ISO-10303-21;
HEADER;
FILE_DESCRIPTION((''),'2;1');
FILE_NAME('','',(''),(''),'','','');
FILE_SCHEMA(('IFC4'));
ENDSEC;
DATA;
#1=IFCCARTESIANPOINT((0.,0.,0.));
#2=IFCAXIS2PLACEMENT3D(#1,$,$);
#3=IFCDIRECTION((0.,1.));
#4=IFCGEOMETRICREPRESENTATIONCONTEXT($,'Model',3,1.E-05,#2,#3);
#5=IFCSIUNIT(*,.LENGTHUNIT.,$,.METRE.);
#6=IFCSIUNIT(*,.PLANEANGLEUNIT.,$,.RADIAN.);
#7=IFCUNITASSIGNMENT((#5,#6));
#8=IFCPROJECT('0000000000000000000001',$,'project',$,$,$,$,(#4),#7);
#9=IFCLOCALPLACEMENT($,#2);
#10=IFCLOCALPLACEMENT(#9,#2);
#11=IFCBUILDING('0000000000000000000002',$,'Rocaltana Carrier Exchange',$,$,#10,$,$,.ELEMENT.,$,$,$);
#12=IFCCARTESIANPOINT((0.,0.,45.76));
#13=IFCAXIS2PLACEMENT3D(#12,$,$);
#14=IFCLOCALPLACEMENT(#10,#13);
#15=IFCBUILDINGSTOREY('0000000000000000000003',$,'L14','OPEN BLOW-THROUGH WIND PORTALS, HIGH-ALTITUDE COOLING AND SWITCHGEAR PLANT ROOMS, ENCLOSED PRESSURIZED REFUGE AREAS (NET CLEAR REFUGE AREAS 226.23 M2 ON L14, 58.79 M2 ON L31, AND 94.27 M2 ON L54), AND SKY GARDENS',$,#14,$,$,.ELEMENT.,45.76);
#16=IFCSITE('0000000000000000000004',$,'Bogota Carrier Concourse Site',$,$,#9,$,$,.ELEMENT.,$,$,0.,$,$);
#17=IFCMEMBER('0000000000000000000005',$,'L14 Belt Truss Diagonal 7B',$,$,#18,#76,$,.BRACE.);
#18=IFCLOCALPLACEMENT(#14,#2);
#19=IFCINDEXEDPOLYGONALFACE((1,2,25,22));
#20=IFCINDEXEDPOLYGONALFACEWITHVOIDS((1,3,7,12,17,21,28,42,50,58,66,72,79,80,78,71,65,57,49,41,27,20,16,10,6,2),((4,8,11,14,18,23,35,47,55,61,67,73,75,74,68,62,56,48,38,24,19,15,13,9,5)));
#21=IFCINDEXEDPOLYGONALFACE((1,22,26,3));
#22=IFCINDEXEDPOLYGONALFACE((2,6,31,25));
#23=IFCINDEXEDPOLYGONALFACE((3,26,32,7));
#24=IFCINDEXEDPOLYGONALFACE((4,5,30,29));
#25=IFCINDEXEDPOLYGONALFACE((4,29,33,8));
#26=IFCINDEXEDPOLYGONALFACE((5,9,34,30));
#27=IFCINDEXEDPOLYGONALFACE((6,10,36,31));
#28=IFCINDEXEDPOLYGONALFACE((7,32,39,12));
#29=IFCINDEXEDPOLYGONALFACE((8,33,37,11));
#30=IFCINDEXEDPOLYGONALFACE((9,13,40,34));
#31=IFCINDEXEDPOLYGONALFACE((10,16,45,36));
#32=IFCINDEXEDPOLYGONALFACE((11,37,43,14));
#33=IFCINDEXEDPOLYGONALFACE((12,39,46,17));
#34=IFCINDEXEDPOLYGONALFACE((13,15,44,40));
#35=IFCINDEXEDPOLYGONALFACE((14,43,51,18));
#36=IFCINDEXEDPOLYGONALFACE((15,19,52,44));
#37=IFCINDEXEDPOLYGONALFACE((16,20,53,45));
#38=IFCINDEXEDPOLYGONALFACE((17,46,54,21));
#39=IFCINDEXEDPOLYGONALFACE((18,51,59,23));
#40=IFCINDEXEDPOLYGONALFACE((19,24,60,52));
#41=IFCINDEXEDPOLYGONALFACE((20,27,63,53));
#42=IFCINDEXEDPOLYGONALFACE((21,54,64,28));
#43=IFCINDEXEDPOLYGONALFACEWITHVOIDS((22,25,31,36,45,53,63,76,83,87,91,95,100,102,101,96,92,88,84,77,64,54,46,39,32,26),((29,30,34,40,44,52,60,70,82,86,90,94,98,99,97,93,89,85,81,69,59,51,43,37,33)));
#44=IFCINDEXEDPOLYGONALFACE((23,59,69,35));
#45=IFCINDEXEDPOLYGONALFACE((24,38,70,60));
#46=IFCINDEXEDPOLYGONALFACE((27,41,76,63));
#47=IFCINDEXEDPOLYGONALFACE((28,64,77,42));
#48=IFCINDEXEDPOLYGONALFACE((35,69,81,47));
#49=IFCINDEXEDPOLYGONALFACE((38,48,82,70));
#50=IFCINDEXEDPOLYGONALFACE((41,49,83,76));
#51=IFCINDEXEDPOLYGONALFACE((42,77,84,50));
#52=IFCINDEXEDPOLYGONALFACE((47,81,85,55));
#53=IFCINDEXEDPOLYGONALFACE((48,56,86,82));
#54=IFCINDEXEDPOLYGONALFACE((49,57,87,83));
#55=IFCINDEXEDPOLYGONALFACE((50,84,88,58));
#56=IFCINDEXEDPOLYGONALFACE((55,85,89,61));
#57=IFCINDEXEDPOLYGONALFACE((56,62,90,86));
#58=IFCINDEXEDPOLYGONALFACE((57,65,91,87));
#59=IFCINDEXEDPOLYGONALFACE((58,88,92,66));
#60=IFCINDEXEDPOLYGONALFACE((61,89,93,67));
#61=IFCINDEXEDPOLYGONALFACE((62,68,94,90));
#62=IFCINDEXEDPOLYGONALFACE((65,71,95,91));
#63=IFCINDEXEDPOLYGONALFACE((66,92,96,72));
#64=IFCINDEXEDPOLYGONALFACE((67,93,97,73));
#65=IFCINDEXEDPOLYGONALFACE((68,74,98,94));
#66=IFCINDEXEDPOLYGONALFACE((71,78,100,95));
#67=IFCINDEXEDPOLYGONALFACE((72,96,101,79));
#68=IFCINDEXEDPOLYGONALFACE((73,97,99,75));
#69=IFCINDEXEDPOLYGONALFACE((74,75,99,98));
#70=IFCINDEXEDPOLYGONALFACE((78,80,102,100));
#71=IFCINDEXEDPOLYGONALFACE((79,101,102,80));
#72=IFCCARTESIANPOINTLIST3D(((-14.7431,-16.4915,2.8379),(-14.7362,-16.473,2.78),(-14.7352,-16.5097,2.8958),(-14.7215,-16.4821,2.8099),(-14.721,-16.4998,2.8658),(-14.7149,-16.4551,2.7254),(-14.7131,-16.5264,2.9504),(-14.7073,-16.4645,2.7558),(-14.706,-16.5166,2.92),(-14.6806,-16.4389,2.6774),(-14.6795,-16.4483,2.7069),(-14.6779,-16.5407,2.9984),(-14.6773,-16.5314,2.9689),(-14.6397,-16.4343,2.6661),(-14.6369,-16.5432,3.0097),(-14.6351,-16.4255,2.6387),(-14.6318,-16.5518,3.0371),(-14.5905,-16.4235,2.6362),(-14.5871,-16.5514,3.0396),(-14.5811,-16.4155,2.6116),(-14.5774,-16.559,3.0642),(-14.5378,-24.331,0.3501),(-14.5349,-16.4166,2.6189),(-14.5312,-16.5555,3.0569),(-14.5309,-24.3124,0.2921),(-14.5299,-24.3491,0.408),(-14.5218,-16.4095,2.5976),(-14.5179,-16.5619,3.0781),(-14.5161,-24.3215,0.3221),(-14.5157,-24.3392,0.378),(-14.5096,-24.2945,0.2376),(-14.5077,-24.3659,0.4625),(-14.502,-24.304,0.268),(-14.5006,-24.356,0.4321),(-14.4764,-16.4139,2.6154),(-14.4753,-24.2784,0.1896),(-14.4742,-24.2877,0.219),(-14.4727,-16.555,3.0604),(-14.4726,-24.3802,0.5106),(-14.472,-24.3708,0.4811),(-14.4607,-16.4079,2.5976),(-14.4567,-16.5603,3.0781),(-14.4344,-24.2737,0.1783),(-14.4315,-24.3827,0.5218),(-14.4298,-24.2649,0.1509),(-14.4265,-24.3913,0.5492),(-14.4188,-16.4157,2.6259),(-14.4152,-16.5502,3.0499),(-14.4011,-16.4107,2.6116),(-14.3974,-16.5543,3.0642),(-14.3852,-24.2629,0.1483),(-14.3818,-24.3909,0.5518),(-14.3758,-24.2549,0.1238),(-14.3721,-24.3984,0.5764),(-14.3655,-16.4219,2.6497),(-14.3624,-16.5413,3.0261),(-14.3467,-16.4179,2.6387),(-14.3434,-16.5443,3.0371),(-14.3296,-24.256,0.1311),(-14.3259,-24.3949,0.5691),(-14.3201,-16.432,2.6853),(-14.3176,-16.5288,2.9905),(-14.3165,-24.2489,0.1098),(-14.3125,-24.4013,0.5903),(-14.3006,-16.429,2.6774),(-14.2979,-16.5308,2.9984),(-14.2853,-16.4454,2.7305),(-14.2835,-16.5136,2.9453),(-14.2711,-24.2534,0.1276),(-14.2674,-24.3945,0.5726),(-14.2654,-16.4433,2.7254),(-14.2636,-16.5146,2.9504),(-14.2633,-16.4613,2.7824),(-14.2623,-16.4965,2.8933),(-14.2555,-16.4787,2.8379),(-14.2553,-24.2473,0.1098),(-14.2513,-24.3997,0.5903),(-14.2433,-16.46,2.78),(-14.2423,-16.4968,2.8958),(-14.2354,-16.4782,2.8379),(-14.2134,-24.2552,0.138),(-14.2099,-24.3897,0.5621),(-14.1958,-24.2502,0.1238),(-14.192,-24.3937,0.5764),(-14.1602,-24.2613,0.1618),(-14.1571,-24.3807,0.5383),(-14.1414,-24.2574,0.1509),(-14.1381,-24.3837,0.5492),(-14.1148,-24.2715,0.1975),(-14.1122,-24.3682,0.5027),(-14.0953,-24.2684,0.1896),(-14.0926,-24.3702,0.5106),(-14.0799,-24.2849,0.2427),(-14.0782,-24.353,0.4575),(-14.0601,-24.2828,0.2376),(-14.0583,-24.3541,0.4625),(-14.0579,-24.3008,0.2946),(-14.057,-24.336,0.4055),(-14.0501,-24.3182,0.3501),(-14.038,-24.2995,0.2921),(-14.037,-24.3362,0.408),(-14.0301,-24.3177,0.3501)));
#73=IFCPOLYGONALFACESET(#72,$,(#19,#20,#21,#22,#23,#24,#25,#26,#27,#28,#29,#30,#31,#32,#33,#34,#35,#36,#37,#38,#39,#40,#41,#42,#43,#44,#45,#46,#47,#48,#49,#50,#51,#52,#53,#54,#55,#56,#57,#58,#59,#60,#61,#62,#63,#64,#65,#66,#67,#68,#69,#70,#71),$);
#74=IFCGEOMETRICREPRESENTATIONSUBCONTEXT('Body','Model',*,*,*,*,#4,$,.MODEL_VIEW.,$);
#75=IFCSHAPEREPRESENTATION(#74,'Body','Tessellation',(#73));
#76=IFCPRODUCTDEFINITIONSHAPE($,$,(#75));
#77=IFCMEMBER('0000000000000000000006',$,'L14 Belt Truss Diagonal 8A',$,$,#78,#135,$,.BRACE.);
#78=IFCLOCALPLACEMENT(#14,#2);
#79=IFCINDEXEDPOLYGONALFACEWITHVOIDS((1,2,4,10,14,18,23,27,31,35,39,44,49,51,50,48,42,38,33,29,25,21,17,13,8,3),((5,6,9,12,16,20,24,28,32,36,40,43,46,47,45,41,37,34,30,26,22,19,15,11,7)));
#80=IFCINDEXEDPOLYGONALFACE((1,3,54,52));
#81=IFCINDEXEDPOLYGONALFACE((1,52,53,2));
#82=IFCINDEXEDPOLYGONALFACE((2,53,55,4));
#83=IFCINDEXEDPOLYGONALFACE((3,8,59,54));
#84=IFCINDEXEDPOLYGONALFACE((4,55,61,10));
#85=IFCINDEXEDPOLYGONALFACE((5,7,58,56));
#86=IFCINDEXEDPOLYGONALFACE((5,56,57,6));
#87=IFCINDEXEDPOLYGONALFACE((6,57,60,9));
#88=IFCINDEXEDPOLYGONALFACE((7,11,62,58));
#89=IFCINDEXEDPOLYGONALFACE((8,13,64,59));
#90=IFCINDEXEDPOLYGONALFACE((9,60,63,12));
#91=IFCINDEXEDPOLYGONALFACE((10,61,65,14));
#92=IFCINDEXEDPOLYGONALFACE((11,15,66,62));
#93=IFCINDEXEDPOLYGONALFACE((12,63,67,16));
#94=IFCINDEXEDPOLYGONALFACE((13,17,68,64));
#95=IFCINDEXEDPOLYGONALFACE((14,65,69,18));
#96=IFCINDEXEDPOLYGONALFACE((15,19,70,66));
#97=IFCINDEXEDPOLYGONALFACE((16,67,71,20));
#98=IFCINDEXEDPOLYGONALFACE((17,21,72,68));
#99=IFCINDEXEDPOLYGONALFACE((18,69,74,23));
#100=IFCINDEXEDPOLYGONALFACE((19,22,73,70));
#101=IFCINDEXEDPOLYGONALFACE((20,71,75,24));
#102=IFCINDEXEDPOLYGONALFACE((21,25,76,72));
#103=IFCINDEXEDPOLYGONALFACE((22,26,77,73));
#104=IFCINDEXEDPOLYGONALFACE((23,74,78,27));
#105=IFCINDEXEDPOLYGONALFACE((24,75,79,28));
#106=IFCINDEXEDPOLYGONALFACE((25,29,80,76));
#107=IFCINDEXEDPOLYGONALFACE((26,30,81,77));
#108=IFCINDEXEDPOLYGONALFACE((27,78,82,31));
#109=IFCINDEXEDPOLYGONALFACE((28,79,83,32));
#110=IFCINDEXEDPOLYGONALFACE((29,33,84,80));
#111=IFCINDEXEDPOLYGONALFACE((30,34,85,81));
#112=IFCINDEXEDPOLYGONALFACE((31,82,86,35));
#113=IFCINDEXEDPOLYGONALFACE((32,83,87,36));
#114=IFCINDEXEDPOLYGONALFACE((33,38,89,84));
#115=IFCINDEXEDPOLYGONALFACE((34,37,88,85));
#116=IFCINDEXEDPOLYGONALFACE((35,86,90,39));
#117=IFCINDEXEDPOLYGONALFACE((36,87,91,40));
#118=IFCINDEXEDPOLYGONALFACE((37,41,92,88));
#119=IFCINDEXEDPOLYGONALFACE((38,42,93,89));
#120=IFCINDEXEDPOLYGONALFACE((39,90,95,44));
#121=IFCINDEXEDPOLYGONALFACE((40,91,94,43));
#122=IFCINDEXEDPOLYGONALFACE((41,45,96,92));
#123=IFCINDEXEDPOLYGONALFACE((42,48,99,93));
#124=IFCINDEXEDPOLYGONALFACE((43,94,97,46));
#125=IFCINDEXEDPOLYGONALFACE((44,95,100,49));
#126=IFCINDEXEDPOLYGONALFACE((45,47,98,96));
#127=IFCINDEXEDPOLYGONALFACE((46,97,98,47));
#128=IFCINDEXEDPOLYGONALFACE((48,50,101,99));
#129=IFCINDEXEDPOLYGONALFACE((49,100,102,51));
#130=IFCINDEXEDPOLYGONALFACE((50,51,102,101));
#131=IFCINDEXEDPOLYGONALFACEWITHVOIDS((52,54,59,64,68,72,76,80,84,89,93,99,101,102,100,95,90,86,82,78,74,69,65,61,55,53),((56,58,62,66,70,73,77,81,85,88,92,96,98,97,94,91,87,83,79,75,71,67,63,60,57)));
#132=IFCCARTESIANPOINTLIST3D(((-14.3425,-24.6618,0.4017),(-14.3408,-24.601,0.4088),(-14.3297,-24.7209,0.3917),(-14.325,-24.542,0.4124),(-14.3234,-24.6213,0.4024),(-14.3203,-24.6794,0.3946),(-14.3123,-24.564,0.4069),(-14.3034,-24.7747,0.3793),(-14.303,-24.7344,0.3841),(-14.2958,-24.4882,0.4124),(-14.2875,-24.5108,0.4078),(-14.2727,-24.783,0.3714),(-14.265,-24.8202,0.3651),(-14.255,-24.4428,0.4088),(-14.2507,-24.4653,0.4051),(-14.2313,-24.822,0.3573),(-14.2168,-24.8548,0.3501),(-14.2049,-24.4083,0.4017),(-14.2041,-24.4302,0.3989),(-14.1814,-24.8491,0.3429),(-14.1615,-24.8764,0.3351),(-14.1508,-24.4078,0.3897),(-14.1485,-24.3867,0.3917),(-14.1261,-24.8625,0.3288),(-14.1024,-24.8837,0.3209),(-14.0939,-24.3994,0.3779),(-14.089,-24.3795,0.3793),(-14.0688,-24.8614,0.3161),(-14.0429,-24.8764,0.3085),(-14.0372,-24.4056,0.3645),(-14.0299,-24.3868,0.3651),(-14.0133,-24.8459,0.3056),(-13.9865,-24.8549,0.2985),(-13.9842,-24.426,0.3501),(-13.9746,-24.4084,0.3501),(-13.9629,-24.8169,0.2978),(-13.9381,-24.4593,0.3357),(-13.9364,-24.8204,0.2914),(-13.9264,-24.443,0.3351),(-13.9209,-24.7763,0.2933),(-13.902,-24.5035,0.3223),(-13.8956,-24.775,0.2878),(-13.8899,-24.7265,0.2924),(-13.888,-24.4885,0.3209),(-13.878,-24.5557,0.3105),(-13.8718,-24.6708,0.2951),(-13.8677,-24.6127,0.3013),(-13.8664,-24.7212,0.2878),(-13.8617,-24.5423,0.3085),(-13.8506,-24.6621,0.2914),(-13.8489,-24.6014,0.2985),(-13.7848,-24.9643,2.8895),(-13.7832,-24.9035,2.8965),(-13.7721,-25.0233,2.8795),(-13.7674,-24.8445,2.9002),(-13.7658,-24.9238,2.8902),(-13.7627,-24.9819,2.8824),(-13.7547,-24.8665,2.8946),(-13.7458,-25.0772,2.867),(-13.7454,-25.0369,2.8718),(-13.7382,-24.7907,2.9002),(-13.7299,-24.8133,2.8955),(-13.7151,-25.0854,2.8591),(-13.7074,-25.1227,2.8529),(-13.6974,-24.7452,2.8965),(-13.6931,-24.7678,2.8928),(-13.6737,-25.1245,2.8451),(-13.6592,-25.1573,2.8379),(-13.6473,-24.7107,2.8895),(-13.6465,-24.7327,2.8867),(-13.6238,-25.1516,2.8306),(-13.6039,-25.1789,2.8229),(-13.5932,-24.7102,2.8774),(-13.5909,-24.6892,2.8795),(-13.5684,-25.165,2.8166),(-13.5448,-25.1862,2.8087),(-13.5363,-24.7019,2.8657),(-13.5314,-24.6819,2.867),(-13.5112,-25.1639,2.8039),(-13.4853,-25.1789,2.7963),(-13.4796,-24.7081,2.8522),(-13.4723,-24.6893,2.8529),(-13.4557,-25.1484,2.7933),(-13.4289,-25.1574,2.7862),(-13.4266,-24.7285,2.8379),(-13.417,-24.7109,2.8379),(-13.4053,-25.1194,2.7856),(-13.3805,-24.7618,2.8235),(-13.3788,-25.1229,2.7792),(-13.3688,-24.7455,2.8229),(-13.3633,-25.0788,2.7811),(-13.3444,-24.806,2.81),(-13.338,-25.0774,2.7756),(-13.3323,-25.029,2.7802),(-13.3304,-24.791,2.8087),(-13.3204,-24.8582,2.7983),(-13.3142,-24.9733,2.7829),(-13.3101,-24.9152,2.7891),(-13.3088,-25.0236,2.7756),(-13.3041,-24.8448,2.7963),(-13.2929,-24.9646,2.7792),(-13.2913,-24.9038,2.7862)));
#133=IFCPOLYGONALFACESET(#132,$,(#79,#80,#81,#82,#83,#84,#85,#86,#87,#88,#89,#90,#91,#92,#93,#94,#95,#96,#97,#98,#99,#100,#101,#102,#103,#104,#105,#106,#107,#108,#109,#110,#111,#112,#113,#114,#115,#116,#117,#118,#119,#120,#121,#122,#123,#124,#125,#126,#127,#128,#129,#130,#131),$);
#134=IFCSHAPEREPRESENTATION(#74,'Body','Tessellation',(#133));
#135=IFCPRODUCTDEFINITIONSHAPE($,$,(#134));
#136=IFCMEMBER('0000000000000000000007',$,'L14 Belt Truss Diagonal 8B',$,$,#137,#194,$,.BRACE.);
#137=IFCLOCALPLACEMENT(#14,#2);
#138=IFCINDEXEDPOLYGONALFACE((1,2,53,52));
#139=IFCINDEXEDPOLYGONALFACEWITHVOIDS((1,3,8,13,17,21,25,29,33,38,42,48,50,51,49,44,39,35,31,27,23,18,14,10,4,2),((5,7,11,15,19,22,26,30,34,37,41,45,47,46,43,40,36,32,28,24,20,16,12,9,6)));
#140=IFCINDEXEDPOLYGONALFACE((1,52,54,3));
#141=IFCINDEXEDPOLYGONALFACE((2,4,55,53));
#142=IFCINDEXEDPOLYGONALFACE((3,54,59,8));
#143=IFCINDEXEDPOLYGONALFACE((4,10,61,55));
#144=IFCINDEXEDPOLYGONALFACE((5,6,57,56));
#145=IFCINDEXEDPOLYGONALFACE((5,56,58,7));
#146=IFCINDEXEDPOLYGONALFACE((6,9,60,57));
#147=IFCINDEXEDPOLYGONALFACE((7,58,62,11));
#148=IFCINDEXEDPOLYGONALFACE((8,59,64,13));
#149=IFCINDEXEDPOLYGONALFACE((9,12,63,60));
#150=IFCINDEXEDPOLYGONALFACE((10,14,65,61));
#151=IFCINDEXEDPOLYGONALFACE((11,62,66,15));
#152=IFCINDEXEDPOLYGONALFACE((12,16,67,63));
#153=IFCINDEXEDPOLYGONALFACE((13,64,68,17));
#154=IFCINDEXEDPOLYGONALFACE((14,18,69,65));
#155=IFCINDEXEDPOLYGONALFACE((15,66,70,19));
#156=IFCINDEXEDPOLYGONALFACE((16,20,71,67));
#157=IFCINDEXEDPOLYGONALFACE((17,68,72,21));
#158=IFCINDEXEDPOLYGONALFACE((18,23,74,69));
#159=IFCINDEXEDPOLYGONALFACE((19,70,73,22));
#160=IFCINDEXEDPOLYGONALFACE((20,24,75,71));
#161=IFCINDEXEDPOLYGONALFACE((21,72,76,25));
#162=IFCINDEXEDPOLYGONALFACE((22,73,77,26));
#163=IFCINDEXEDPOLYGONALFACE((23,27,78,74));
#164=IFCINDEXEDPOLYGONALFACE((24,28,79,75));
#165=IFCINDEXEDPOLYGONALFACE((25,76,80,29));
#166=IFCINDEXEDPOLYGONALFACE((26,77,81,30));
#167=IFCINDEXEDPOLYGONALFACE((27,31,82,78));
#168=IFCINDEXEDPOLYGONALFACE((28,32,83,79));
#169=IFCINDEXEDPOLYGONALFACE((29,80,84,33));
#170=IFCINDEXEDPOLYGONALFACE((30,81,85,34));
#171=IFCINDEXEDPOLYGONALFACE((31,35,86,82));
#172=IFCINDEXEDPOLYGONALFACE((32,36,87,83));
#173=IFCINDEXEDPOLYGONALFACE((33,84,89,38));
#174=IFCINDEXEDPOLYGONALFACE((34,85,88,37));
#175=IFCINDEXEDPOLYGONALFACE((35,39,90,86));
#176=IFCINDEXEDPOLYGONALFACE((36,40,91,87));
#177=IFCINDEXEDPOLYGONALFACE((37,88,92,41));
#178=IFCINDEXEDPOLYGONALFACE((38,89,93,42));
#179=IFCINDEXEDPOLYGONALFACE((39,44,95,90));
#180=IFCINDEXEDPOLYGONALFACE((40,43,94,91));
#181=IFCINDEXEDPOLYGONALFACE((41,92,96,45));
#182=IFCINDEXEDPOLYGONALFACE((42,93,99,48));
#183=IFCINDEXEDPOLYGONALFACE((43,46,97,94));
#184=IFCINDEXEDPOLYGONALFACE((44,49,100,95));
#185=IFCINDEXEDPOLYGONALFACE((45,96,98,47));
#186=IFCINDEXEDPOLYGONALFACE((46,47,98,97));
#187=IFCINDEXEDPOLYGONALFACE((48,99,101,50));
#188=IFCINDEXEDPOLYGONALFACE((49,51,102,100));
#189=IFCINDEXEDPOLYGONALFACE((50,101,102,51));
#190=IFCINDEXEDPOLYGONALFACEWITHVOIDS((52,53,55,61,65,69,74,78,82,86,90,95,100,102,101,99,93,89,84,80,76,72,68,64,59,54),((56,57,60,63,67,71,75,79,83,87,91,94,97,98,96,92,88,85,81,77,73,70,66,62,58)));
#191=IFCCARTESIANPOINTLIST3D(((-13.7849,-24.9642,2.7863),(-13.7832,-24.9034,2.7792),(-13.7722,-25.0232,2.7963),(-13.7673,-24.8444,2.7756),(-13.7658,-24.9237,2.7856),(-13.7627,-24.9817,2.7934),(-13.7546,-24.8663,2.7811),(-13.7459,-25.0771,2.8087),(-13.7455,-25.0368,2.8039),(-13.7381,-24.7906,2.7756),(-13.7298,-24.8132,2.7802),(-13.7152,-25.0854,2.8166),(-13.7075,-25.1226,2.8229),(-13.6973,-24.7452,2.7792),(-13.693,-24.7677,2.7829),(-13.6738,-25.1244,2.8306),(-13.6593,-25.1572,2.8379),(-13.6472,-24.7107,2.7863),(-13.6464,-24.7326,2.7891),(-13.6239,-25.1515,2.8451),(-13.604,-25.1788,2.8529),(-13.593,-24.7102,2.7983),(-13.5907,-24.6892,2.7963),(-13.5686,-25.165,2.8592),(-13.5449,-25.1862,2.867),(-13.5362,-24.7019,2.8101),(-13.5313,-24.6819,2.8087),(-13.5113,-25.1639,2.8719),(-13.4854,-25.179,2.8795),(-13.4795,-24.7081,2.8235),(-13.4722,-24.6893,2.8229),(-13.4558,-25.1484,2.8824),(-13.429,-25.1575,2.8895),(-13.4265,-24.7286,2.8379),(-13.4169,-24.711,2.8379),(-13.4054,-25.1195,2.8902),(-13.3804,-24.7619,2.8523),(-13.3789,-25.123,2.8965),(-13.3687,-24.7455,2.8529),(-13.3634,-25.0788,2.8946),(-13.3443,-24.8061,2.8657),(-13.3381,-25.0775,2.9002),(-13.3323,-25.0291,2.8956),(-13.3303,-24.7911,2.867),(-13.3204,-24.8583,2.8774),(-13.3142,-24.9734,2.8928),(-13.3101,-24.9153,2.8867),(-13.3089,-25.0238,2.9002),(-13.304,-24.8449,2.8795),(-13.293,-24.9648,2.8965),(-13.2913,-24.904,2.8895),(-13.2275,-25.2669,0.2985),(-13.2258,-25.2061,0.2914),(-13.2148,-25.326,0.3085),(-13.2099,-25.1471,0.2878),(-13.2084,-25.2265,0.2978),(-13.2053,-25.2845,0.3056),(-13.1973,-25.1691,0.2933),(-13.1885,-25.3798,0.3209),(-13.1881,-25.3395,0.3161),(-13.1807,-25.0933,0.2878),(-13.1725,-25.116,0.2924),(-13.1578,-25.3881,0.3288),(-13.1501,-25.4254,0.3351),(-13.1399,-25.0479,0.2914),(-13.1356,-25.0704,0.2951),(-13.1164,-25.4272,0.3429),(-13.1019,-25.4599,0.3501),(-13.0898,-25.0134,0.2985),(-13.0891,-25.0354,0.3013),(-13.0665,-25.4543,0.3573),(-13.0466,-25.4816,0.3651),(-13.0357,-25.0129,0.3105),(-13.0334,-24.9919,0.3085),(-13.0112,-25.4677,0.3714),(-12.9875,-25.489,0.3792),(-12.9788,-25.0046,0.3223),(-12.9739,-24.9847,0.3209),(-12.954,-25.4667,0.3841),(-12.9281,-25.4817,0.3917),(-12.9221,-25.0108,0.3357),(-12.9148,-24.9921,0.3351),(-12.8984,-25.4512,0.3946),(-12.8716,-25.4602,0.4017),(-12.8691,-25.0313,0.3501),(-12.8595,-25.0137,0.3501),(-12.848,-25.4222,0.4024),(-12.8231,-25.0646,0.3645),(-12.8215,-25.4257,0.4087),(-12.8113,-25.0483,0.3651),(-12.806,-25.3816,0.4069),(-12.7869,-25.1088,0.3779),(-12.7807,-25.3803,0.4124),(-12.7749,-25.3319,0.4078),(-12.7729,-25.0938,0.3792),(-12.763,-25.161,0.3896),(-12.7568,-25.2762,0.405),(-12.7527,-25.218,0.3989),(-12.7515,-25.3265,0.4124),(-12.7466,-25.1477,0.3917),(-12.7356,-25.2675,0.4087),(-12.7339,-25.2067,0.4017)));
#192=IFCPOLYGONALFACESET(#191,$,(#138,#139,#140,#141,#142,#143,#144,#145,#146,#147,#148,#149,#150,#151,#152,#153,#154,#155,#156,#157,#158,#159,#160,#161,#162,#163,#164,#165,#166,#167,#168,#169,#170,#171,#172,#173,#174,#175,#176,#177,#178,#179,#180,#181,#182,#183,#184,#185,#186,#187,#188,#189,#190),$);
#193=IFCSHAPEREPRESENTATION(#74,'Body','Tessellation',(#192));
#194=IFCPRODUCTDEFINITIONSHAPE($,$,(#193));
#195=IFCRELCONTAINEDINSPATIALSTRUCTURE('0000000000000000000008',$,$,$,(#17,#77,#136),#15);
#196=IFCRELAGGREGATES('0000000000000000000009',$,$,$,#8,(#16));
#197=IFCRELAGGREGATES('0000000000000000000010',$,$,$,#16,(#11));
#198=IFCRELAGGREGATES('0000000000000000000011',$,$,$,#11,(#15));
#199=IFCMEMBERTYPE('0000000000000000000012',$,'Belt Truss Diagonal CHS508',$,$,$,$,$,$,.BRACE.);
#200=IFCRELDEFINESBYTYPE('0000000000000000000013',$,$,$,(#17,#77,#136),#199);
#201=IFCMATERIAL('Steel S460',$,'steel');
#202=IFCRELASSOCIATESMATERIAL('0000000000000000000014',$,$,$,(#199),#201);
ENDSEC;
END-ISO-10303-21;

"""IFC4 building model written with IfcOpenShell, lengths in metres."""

from ifc_helpers import new_model, si_unit, direction, frame, origin, origin_2d, place, context, subcontext, project, spatial, hollow_circle, extrude, material, material_profile, profile_set, type_object, element, save


model = new_model("IFC4")

# Units and contexts
model_context = context("Model", 3, precision=1e-05, world=origin(), true_north=direction((0.0, 1.0)))
body_context = subcontext(model_context, "Body", "Model", "MODEL_VIEW")
ifc_project = project(units=[si_unit("LENGTHUNIT", "METRE"), si_unit("PLANEANGLEUNIT", "RADIAN")], contexts=[model_context])

# Site, building, storey
site_placement = place(None, origin())
site = spatial("IfcSite", under=ifc_project, at=site_placement, Name="Bogota Carrier Concourse Site", CompositionType="ELEMENT", RefElevation=0.0)
building_placement = place(site_placement, origin())
building = spatial("IfcBuilding", under=site, at=building_placement, Name="Rocaltana Carrier Exchange", CompositionType="ELEMENT")
storey_placement = place(building_placement, frame((0.0, 0.0, 45.76)))
storey = spatial("IfcBuildingStorey", under=building, at=storey_placement, Name="L14", Description="OPEN BLOW-THROUGH WIND PORTALS, HIGH-ALTITUDE COOLING AND SWITCHGEAR PLANT ROOMS, ENCLOSED PRESSURIZED REFUGE AREAS (NET CLEAR REFUGE AREAS 226.23 M2 ON L14, 58.79 M2 ON L31, AND 94.27 M2 ON L54), AND SKY GARDENS", CompositionType="ELEMENT", Elevation=45.76)

# Members
ifc_material_1 = material(Name="Steel S460", Category="steel")
ifc_material_profile_1 = material_profile(ifc_material_1, hollow_circle(Radius=0.2539, WallThickness=0.02, at=origin_2d()), Name="CHS508X20")
ifc_profile_set_1 = profile_set([ifc_material_profile_1], Name="Steel S460")
member_type_1 = type_object("IfcMemberType", Name="Belt Truss Diagonal CHS508", PredefinedType="BRACE", material=ifc_profile_set_1)
for number, where, z_axis, x_axis, name in (
    (1, (-14.4893, -16.4849, 2.8379), (0.024957, -0.952859, -0.302386), (0.999657, 0.026182, 0.0), "L14 Belt Truss Diagonal 7B"),
):
    element("IfcMember", number, at=place(storey_placement, frame(where, z_axis=z_axis, x_axis=x_axis)), inside=storey, type_object=member_type_1, Name=name, PredefinedType="BRACE", context=body_context, shape_type="SweptSolid", body=[
        extrude(hollow_circle(Radius=0.2539, WallThickness=0.02, at=origin_2d()), origin(), (0.0, 0.0, 1.0), 8.2273),
    ])
for number, where, z_axis, x_axis, name in (
    (2, (-14.0957, -24.6316, 0.3501), (0.217191, -0.11782, 0.968993), (0.476829, 0.878996, 0.0), "L14 Belt Truss Diagonal 8A"),
    (3, (-13.5381, -24.9341, 2.8379), (0.217098, -0.117916, -0.969002), (0.477287, 0.878747, 0.0), "L14 Belt Truss Diagonal 8B"),
):
    element("IfcMember", number, at=place(storey_placement, frame(where, z_axis=z_axis, x_axis=x_axis)), inside=storey, type_object=member_type_1, Name=name, PredefinedType="BRACE", context=body_context, shape_type="SweptSolid", body=[
        extrude(hollow_circle(Radius=0.2539, WallThickness=0.02, at=origin_2d()), origin(), (0.0, 0.0, 1.0), 2.5674),
    ])

save(model, "model.ifc")
